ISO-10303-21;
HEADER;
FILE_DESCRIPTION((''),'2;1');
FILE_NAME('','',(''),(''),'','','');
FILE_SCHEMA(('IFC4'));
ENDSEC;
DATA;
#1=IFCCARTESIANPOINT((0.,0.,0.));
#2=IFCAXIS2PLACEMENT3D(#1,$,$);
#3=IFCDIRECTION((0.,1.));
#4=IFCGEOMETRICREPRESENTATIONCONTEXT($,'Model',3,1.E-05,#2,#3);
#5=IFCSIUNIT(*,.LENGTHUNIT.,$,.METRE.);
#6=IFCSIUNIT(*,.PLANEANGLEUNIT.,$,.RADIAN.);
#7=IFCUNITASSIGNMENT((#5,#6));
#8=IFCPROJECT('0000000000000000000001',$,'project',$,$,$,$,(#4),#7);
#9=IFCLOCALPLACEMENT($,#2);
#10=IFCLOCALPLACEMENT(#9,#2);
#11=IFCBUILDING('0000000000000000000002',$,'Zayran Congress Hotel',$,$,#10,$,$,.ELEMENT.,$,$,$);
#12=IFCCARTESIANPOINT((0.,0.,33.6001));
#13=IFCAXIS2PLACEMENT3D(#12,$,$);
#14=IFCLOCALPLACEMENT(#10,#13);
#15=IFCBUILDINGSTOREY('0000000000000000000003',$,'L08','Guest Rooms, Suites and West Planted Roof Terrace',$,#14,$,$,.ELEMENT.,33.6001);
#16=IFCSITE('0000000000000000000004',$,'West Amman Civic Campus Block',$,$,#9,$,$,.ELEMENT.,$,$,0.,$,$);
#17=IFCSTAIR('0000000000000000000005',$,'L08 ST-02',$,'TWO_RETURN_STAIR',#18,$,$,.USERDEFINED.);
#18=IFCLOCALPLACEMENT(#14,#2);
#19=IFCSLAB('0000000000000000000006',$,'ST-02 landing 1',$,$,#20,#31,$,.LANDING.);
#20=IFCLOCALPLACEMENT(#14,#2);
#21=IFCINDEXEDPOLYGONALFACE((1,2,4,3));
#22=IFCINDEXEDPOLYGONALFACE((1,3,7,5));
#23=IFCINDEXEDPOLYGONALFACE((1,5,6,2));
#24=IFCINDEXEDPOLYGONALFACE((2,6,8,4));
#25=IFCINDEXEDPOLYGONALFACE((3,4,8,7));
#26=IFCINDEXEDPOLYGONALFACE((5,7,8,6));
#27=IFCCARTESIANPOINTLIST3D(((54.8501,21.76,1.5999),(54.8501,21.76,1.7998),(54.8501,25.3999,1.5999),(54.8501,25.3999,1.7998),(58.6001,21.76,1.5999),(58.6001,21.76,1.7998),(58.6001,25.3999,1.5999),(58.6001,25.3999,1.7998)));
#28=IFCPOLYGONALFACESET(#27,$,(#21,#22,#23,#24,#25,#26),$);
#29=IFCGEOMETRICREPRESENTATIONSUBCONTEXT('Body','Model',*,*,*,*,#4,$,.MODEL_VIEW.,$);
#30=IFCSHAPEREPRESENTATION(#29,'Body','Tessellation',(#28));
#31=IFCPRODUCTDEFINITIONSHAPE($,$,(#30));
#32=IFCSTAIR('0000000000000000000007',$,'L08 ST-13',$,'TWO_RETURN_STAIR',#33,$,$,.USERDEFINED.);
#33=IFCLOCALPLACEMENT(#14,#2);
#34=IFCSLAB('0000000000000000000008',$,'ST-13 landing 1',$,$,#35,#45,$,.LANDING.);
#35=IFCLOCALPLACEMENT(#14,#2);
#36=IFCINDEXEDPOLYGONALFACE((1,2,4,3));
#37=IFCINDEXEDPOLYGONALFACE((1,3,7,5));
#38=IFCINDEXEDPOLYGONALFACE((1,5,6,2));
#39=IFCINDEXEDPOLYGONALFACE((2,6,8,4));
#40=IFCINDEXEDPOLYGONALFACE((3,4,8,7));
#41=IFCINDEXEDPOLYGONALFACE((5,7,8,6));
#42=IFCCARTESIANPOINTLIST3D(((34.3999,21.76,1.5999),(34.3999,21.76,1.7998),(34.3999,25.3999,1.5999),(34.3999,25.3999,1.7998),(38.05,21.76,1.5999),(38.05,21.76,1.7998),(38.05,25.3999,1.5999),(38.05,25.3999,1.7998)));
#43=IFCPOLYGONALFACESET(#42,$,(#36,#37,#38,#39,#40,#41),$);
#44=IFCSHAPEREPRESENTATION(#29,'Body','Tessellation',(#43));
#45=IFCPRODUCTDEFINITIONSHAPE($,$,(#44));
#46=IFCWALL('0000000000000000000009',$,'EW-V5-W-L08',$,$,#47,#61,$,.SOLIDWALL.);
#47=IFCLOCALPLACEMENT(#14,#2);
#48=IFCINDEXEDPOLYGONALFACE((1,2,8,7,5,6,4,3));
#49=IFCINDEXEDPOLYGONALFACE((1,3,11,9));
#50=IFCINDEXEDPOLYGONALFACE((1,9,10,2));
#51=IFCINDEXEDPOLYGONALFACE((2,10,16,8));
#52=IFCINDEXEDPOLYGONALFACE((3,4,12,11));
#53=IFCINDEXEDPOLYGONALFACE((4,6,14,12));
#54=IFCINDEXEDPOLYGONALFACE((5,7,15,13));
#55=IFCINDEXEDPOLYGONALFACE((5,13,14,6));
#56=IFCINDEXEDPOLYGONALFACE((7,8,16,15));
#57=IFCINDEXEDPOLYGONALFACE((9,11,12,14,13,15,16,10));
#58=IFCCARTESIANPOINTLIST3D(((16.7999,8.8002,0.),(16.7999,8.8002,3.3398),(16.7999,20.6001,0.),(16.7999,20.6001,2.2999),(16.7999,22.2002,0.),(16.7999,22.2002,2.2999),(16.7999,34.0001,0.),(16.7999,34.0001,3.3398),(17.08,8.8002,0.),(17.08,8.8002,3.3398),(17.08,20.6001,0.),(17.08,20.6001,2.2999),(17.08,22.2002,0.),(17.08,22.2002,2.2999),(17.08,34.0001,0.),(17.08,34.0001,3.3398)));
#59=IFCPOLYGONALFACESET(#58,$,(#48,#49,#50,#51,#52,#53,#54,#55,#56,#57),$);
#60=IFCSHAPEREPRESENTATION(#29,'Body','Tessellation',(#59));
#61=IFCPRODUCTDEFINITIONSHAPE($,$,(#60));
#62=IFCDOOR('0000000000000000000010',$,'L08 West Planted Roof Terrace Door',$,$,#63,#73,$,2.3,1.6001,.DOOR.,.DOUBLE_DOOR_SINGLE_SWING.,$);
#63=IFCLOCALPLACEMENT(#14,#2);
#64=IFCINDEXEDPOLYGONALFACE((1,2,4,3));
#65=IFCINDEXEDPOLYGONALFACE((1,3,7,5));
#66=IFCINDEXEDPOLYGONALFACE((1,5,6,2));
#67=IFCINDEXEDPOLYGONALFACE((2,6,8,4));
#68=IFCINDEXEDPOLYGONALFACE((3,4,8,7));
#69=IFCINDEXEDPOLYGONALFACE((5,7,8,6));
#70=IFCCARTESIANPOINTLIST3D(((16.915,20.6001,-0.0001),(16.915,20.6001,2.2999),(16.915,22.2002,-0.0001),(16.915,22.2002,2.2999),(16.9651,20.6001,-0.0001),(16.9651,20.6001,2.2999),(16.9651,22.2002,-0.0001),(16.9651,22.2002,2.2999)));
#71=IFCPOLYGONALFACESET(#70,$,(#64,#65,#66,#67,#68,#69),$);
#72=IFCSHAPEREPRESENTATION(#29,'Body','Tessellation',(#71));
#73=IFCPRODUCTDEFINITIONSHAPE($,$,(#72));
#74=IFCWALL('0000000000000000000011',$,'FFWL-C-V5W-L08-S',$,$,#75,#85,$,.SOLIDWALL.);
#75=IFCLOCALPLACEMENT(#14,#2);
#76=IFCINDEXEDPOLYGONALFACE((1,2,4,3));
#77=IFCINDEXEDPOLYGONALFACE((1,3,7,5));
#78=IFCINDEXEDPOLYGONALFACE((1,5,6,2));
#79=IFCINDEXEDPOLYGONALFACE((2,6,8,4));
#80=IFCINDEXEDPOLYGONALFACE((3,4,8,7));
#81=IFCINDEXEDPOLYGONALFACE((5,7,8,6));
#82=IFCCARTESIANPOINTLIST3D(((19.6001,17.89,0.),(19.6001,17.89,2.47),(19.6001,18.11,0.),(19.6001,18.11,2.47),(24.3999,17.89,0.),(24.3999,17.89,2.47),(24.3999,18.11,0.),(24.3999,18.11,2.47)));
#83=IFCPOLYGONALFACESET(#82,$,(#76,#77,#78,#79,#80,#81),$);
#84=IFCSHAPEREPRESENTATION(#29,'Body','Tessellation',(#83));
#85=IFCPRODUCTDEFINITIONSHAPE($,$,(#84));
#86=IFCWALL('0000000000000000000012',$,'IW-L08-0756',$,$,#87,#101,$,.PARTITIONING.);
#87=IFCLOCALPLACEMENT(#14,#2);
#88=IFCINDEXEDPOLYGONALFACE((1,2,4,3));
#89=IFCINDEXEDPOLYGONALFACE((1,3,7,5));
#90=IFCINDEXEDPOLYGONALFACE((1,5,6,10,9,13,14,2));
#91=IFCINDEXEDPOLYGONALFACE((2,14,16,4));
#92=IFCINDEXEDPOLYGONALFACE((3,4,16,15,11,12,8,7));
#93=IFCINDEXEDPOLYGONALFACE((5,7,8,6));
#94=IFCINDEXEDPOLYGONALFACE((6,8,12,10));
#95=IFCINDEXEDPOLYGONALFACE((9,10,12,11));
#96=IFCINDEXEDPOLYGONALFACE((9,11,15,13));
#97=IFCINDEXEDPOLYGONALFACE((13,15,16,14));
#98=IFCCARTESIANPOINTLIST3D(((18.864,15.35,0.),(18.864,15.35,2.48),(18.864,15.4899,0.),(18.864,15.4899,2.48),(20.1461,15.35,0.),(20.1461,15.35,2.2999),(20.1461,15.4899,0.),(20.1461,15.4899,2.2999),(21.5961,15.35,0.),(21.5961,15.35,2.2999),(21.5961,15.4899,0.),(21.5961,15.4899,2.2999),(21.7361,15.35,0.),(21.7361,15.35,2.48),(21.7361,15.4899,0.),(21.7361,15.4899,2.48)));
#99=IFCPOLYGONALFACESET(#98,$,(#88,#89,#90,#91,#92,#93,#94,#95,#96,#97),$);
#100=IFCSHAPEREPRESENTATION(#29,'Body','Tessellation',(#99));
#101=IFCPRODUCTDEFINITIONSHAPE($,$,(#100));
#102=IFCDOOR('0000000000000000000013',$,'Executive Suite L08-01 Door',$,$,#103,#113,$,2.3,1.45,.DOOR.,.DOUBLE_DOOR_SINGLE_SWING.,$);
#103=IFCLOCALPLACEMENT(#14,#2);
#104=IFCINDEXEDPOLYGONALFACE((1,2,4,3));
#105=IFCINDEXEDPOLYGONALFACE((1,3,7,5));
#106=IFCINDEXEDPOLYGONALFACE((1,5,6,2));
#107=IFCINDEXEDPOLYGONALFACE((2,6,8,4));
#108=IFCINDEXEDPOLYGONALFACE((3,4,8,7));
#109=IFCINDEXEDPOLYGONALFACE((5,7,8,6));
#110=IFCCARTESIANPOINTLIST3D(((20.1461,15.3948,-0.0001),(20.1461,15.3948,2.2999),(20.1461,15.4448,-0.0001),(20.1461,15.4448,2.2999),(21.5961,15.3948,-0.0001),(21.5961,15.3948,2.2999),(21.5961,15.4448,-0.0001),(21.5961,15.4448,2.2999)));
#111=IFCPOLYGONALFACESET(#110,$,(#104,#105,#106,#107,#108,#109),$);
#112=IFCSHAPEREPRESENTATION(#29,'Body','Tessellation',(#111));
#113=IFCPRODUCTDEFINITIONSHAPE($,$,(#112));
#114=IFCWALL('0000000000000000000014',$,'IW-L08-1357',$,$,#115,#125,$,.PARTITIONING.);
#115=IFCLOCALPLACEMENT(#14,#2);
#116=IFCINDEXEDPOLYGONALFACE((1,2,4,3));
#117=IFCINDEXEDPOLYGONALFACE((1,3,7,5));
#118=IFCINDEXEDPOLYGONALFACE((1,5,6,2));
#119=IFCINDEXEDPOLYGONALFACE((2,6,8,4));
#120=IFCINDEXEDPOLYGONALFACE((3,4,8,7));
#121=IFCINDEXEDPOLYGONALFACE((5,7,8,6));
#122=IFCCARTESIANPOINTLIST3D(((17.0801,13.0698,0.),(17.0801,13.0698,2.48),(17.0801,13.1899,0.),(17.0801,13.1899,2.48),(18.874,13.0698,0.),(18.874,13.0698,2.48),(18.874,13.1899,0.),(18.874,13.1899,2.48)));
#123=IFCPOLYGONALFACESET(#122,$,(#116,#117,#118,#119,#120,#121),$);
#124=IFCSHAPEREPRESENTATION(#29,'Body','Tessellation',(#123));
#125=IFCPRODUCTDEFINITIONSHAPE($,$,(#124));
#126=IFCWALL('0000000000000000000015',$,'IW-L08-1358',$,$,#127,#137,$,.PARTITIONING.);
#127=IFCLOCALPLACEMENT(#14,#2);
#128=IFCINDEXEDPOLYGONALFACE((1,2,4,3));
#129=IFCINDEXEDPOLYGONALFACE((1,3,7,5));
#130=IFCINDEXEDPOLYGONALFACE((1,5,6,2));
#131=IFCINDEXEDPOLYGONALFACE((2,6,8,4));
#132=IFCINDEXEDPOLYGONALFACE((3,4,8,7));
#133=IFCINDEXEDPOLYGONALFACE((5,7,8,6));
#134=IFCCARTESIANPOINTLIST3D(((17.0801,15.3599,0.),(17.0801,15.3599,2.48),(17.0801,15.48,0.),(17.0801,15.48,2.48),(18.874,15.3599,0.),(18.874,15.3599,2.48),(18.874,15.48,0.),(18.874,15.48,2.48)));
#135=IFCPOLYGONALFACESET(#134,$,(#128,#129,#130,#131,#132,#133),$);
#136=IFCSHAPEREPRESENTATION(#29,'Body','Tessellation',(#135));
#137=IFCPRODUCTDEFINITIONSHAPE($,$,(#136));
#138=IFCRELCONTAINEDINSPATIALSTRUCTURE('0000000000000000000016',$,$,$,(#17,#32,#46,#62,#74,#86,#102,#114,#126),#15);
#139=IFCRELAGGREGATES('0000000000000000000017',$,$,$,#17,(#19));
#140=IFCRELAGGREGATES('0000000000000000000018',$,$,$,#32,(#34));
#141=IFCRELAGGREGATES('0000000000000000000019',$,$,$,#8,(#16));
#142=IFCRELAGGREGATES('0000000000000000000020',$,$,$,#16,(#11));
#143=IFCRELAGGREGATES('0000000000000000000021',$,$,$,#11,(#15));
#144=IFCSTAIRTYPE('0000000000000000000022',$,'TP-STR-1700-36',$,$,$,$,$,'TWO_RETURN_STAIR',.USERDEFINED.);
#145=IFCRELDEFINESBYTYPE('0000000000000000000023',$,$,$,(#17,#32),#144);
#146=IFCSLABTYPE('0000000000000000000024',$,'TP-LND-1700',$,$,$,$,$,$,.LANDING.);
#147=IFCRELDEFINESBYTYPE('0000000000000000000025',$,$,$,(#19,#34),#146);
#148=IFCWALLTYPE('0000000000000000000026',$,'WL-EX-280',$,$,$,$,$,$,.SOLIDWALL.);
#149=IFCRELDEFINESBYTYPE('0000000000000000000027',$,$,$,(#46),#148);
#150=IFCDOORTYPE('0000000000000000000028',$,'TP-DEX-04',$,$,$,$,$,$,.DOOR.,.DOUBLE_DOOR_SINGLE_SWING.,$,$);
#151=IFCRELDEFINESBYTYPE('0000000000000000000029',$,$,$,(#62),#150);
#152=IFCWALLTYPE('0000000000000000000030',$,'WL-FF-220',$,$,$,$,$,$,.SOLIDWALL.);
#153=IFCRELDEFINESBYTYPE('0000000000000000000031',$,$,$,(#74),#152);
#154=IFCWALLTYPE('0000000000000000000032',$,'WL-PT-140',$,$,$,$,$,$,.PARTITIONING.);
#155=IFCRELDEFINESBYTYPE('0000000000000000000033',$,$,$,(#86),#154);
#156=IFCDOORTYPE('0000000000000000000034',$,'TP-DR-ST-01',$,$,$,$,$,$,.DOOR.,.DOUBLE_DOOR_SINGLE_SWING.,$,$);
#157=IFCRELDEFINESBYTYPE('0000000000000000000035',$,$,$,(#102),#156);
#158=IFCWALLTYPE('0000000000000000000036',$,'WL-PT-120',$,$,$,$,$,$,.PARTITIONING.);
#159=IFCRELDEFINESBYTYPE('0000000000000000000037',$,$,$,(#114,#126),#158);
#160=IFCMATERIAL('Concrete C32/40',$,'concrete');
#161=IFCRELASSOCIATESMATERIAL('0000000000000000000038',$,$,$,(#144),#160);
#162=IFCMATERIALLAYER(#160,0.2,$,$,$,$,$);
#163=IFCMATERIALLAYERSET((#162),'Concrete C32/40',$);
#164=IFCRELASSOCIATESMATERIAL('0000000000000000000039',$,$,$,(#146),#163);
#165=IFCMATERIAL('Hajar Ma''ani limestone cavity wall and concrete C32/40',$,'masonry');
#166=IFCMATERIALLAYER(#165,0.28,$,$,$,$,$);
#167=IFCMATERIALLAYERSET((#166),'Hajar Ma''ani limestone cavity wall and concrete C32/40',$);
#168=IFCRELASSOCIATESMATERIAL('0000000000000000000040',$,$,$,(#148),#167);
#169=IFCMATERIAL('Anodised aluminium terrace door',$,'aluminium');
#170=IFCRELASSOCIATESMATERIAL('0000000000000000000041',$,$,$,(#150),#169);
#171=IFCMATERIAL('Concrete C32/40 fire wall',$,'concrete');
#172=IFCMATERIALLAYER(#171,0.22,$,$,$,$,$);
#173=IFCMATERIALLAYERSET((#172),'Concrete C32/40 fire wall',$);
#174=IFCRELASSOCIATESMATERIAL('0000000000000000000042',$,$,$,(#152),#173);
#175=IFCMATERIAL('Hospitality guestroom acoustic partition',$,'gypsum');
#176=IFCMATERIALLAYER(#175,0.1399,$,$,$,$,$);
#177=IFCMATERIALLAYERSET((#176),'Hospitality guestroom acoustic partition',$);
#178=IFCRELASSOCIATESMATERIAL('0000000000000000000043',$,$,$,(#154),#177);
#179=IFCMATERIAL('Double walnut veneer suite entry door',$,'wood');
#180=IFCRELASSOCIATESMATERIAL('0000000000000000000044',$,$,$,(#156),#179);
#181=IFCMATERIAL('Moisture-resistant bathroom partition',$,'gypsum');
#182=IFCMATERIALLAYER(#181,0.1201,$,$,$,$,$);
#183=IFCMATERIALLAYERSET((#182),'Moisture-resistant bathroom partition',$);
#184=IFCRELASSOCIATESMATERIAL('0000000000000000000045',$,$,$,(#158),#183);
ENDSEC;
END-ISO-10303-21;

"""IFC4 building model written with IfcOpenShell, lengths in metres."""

from ifc_helpers import new_model, si_unit, direction, frame, frame_2d, origin, place, context, subcontext, project, spatial, polyline, rectangle, outline, extrude, material, layer, layer_set, type_object, element, fill, aggregate, save


model = new_model("IFC4")

# Units and contexts
model_context = context("Model", 3, precision=1e-05, world=origin(), true_north=direction((0.0, 1.0)))
body_context = subcontext(model_context, "Body", "Model", "MODEL_VIEW")
ifc_project = project(units=[si_unit("LENGTHUNIT", "METRE"), si_unit("PLANEANGLEUNIT", "RADIAN")], contexts=[model_context])

# Site, building, storey
site_placement = place(None, origin())
site = spatial("IfcSite", under=ifc_project, at=site_placement, Name="West Amman Civic Campus Block", CompositionType="ELEMENT", RefElevation=0.0)
building_placement = place(site_placement, origin())
building = spatial("IfcBuilding", under=site, at=building_placement, Name="Zayran Congress Hotel", CompositionType="ELEMENT")
storey_placement = place(building_placement, frame((0.0, 0.0, 33.6001)))
storey = spatial("IfcBuildingStorey", under=building, at=storey_placement, Name="L08", Description="Guest Rooms, Suites and West Planted Roof Terrace", CompositionType="ELEMENT", Elevation=33.6001)

# Shared definitions
ifc_material_1 = material(Name="Concrete C32/40", Category="concrete")

# Stairs, slabs
stair_type = type_object("IfcStairType", Name="TP-STR-1700-36", ElementType="TWO_RETURN_STAIR", PredefinedType="USERDEFINED", material=ifc_material_1)
ifc_layer_1 = layer(ifc_material_1, 0.2)
ifc_layer_set_1 = layer_set([ifc_layer_1], Name="Concrete C32/40")
slab_type_1 = type_object("IfcSlabType", Name="TP-LND-1700", PredefinedType="LANDING", material=ifc_layer_set_1)
stair_1_placement = place(storey_placement, origin())
stair_1 = element("IfcStair", 1, at=stair_1_placement, inside=storey, type_object=stair_type, Name="L08 ST-02", ObjectType="TWO_RETURN_STAIR", PredefinedType="USERDEFINED")
slab_1_placement = place(storey_placement, frame((0.0, 0.0, 1.5999)))
slab_1 = element("IfcSlab", 2, at=slab_1_placement, type_object=slab_type_1, Name="ST-02 landing 1", PredefinedType="LANDING", context=body_context, shape_type="SweptSolid", body=[
    extrude(outline(polyline([(54.8501, 21.76), (58.6001, 21.76), (58.6001, 25.3999), (54.8501, 25.3999), (54.8501, 21.76)])), origin(), (0.0, 0.0, 1.0), 0.2),
])
aggregate(stair_1, [slab_1])
stair_2_placement = place(storey_placement, origin())
stair_2 = element("IfcStair", 3, at=stair_2_placement, inside=storey, type_object=stair_type, Name="L08 ST-13", ObjectType="TWO_RETURN_STAIR", PredefinedType="USERDEFINED")
slab_2_placement = place(storey_placement, frame((0.0, 0.0, 1.5999)))
slab_2 = element("IfcSlab", 4, at=slab_2_placement, type_object=slab_type_1, Name="ST-13 landing 1", PredefinedType="LANDING", context=body_context, shape_type="SweptSolid", body=[
    extrude(outline(polyline([(38.05, 25.3999), (34.3999, 25.3999), (34.3999, 21.76), (38.05, 21.76), (38.05, 25.3999)])), origin(), (0.0, 0.0, 1.0), 0.2),
])
aggregate(stair_2, [slab_2])

# Wall, opening, door
ifc_material_2 = material(Name="Hajar Ma'ani limestone cavity wall and concrete C32/40", Category="masonry")
ifc_layer_2 = layer(ifc_material_2, 0.28)
ifc_layer_set_2 = layer_set([ifc_layer_2], Name="Hajar Ma'ani limestone cavity wall and concrete C32/40")
wall_type_1 = type_object("IfcWallType", Name="WL-EX-280", PredefinedType="SOLIDWALL", material=ifc_layer_set_2)
wall_1_placement = place(storey_placement, frame((16.9399, 8.8, 0.0), z_axis=(0.0, 0.0, 1.0), x_axis=(0.0, 1.0, 0.0)))
wall_1 = element("IfcWall", 5, at=wall_1_placement, inside=storey, type_object=wall_type_1, Name="EW-V5-W-L08", PredefinedType="SOLIDWALL", context=body_context, shape_type="SweptSolid", body=[
    extrude(rectangle(XDim=25.2, YDim=0.28, at=frame_2d((12.6001, 0.0))), origin(), (0.0, 0.0, 1.0), 3.3398),
])
opening_1_placement = place(wall_1_placement, frame((11.8, 0.0, 0.0)))
opening_1 = element("IfcOpeningElement", 6, at=opening_1_placement, cuts=wall_1, PredefinedType="OPENING", context=body_context, shape_type="SweptSolid", body=[
    extrude(rectangle(XDim=1.6001, YDim=2.3, at=frame_2d((0.8, 1.1499))), frame((0.0, 0.1499, 0.0), z_axis=(0.0, -1.0, 0.0), x_axis=(1.0, 0.0, 0.0)), (0.0, 0.0, 1.0), 0.3),
])
ifc_material_3 = material(Name="Anodised aluminium terrace door", Category="aluminium")
door_type_1 = type_object("IfcDoorType", Name="TP-DEX-04", OperationType="DOUBLE_DOOR_SINGLE_SWING", PredefinedType="DOOR", material=ifc_material_3)
door_1_placement = place(opening_1_placement, origin())
door_1 = element("IfcDoor", 7, at=door_1_placement, inside=storey, type_object=door_type_1, Name="L08 West Planted Roof Terrace Door", OperationType="DOUBLE_DOOR_SINGLE_SWING", OverallHeight=2.3, OverallWidth=1.6001, PredefinedType="DOOR", context=body_context, shape_type="SweptSolid", body=[
    extrude(rectangle(XDim=1.6001, YDim=2.3, at=frame_2d((0.8, 1.1499))), frame((0.0, 0.0249, 0.0), z_axis=(0.0, -1.0, 0.0), x_axis=(1.0, 0.0, 0.0)), (0.0, 0.0, 1.0), 0.05),
])
fill(opening_1, door_1)

# Wall
ifc_material_4 = material(Name="Concrete C32/40 fire wall", Category="concrete")
ifc_layer_3 = layer(ifc_material_4, 0.22)
ifc_layer_set_3 = layer_set([ifc_layer_3], Name="Concrete C32/40 fire wall")
wall_type_2 = type_object("IfcWallType", Name="WL-FF-220", PredefinedType="SOLIDWALL", material=ifc_layer_set_3)
wall_2_placement = place(storey_placement, frame((19.6001, 18.0, 0.0), z_axis=(0.0, 0.0, 1.0), x_axis=(1.0, 0.0, 0.0)))
element("IfcWall", 8, at=wall_2_placement, inside=storey, type_object=wall_type_2, Name="FFWL-C-V5W-L08-S", PredefinedType="SOLIDWALL", context=body_context, shape_type="SweptSolid", body=[
    extrude(rectangle(XDim=4.7998, YDim=0.22, at=frame_2d((2.3999, 0.0))), origin(), (0.0, 0.0, 1.0), 2.47),
])

# Wall, opening, door
ifc_material_5 = material(Name="Hospitality guestroom acoustic partition", Category="gypsum")
ifc_layer_4 = layer(ifc_material_5, 0.1399)
ifc_layer_set_4 = layer_set([ifc_layer_4], Name="Hospitality guestroom acoustic partition")
wall_type_3 = type_object("IfcWallType", Name="WL-PT-140", PredefinedType="PARTITIONING", material=ifc_layer_set_4)
wall_3_placement = place(storey_placement, frame((18.864, 15.4199, 0.0), z_axis=(0.0, 0.0, 1.0), x_axis=(1.0, 0.0, 0.0)))
wall_3 = element("IfcWall", 9, at=wall_3_placement, inside=storey, type_object=wall_type_3, Name="IW-L08-0756", PredefinedType="PARTITIONING", context=body_context, shape_type="SweptSolid", body=[
    extrude(rectangle(XDim=2.8721, YDim=0.1399, at=frame_2d((1.436, 0.0))), origin(), (0.0, 0.0, 1.0), 2.48),
])
opening_2_placement = place(wall_3_placement, frame((1.282, 0.0, 0.0)))
opening_2 = element("IfcOpeningElement", 10, at=opening_2_placement, cuts=wall_3, PredefinedType="OPENING", context=body_context, shape_type="SweptSolid", body=[
    extrude(rectangle(XDim=1.45, YDim=2.3, at=frame_2d((0.7251, 1.1499))), frame((0.0, 0.0798, 0.0), z_axis=(0.0, -1.0, 0.0), x_axis=(1.0, 0.0, 0.0)), (0.0, 0.0, 1.0), 0.1599),
])
ifc_material_6 = material(Name="Double walnut veneer suite entry door", Category="wood")
door_type_2 = type_object("IfcDoorType", Name="TP-DR-ST-01", OperationType="DOUBLE_DOOR_SINGLE_SWING", PredefinedType="DOOR", material=ifc_material_6)
door_2_placement = place(opening_2_placement, origin())
door_2 = element("IfcDoor", 11, at=door_2_placement, inside=storey, type_object=door_type_2, Name="Executive Suite L08-01 Door", OperationType="DOUBLE_DOOR_SINGLE_SWING", OverallHeight=2.3, OverallWidth=1.45, PredefinedType="DOOR", context=body_context, shape_type="SweptSolid", body=[
    extrude(rectangle(XDim=1.45, YDim=2.3, at=frame_2d((0.7251, 1.1499))), frame((0.0, 0.0249, 0.0), z_axis=(0.0, -1.0, 0.0), x_axis=(1.0, 0.0, 0.0)), (0.0, 0.0, 1.0), 0.05),
])
fill(opening_2, door_2)
ifc_material_7 = material(Name="Moisture-resistant bathroom partition", Category="gypsum")
ifc_layer_5 = layer(ifc_material_7, 0.1201)
ifc_layer_set_5 = layer_set([ifc_layer_5], Name="Moisture-resistant bathroom partition")
wall_type_4 = type_object("IfcWallType", Name="WL-PT-120", PredefinedType="PARTITIONING", material=ifc_layer_set_5)

# Walls
for number, where, z_axis, x_axis, name in (
    (12, (17.0801, 13.1299, 0.0), (0.0, 0.0, 1.0), (1.0, 0.0, 0.0), "IW-L08-1357"),
    (13, (17.0801, 15.4199, 0.0), (0.0, 0.0, 1.0), (1.0, 0.0, 0.0), "IW-L08-1358"),
):
    element("IfcWall", number, at=place(storey_placement, frame(where, z_axis=z_axis, x_axis=x_axis)), inside=storey, type_object=wall_type_4, Name=name, PredefinedType="PARTITIONING", context=body_context, shape_type="SweptSolid", body=[
        extrude(rectangle(XDim=1.7939, YDim=0.1201, at=frame_2d((0.897, 0.0))), origin(), (0.0, 0.0, 1.0), 2.48),
    ])

save(model, "model.ifc")
